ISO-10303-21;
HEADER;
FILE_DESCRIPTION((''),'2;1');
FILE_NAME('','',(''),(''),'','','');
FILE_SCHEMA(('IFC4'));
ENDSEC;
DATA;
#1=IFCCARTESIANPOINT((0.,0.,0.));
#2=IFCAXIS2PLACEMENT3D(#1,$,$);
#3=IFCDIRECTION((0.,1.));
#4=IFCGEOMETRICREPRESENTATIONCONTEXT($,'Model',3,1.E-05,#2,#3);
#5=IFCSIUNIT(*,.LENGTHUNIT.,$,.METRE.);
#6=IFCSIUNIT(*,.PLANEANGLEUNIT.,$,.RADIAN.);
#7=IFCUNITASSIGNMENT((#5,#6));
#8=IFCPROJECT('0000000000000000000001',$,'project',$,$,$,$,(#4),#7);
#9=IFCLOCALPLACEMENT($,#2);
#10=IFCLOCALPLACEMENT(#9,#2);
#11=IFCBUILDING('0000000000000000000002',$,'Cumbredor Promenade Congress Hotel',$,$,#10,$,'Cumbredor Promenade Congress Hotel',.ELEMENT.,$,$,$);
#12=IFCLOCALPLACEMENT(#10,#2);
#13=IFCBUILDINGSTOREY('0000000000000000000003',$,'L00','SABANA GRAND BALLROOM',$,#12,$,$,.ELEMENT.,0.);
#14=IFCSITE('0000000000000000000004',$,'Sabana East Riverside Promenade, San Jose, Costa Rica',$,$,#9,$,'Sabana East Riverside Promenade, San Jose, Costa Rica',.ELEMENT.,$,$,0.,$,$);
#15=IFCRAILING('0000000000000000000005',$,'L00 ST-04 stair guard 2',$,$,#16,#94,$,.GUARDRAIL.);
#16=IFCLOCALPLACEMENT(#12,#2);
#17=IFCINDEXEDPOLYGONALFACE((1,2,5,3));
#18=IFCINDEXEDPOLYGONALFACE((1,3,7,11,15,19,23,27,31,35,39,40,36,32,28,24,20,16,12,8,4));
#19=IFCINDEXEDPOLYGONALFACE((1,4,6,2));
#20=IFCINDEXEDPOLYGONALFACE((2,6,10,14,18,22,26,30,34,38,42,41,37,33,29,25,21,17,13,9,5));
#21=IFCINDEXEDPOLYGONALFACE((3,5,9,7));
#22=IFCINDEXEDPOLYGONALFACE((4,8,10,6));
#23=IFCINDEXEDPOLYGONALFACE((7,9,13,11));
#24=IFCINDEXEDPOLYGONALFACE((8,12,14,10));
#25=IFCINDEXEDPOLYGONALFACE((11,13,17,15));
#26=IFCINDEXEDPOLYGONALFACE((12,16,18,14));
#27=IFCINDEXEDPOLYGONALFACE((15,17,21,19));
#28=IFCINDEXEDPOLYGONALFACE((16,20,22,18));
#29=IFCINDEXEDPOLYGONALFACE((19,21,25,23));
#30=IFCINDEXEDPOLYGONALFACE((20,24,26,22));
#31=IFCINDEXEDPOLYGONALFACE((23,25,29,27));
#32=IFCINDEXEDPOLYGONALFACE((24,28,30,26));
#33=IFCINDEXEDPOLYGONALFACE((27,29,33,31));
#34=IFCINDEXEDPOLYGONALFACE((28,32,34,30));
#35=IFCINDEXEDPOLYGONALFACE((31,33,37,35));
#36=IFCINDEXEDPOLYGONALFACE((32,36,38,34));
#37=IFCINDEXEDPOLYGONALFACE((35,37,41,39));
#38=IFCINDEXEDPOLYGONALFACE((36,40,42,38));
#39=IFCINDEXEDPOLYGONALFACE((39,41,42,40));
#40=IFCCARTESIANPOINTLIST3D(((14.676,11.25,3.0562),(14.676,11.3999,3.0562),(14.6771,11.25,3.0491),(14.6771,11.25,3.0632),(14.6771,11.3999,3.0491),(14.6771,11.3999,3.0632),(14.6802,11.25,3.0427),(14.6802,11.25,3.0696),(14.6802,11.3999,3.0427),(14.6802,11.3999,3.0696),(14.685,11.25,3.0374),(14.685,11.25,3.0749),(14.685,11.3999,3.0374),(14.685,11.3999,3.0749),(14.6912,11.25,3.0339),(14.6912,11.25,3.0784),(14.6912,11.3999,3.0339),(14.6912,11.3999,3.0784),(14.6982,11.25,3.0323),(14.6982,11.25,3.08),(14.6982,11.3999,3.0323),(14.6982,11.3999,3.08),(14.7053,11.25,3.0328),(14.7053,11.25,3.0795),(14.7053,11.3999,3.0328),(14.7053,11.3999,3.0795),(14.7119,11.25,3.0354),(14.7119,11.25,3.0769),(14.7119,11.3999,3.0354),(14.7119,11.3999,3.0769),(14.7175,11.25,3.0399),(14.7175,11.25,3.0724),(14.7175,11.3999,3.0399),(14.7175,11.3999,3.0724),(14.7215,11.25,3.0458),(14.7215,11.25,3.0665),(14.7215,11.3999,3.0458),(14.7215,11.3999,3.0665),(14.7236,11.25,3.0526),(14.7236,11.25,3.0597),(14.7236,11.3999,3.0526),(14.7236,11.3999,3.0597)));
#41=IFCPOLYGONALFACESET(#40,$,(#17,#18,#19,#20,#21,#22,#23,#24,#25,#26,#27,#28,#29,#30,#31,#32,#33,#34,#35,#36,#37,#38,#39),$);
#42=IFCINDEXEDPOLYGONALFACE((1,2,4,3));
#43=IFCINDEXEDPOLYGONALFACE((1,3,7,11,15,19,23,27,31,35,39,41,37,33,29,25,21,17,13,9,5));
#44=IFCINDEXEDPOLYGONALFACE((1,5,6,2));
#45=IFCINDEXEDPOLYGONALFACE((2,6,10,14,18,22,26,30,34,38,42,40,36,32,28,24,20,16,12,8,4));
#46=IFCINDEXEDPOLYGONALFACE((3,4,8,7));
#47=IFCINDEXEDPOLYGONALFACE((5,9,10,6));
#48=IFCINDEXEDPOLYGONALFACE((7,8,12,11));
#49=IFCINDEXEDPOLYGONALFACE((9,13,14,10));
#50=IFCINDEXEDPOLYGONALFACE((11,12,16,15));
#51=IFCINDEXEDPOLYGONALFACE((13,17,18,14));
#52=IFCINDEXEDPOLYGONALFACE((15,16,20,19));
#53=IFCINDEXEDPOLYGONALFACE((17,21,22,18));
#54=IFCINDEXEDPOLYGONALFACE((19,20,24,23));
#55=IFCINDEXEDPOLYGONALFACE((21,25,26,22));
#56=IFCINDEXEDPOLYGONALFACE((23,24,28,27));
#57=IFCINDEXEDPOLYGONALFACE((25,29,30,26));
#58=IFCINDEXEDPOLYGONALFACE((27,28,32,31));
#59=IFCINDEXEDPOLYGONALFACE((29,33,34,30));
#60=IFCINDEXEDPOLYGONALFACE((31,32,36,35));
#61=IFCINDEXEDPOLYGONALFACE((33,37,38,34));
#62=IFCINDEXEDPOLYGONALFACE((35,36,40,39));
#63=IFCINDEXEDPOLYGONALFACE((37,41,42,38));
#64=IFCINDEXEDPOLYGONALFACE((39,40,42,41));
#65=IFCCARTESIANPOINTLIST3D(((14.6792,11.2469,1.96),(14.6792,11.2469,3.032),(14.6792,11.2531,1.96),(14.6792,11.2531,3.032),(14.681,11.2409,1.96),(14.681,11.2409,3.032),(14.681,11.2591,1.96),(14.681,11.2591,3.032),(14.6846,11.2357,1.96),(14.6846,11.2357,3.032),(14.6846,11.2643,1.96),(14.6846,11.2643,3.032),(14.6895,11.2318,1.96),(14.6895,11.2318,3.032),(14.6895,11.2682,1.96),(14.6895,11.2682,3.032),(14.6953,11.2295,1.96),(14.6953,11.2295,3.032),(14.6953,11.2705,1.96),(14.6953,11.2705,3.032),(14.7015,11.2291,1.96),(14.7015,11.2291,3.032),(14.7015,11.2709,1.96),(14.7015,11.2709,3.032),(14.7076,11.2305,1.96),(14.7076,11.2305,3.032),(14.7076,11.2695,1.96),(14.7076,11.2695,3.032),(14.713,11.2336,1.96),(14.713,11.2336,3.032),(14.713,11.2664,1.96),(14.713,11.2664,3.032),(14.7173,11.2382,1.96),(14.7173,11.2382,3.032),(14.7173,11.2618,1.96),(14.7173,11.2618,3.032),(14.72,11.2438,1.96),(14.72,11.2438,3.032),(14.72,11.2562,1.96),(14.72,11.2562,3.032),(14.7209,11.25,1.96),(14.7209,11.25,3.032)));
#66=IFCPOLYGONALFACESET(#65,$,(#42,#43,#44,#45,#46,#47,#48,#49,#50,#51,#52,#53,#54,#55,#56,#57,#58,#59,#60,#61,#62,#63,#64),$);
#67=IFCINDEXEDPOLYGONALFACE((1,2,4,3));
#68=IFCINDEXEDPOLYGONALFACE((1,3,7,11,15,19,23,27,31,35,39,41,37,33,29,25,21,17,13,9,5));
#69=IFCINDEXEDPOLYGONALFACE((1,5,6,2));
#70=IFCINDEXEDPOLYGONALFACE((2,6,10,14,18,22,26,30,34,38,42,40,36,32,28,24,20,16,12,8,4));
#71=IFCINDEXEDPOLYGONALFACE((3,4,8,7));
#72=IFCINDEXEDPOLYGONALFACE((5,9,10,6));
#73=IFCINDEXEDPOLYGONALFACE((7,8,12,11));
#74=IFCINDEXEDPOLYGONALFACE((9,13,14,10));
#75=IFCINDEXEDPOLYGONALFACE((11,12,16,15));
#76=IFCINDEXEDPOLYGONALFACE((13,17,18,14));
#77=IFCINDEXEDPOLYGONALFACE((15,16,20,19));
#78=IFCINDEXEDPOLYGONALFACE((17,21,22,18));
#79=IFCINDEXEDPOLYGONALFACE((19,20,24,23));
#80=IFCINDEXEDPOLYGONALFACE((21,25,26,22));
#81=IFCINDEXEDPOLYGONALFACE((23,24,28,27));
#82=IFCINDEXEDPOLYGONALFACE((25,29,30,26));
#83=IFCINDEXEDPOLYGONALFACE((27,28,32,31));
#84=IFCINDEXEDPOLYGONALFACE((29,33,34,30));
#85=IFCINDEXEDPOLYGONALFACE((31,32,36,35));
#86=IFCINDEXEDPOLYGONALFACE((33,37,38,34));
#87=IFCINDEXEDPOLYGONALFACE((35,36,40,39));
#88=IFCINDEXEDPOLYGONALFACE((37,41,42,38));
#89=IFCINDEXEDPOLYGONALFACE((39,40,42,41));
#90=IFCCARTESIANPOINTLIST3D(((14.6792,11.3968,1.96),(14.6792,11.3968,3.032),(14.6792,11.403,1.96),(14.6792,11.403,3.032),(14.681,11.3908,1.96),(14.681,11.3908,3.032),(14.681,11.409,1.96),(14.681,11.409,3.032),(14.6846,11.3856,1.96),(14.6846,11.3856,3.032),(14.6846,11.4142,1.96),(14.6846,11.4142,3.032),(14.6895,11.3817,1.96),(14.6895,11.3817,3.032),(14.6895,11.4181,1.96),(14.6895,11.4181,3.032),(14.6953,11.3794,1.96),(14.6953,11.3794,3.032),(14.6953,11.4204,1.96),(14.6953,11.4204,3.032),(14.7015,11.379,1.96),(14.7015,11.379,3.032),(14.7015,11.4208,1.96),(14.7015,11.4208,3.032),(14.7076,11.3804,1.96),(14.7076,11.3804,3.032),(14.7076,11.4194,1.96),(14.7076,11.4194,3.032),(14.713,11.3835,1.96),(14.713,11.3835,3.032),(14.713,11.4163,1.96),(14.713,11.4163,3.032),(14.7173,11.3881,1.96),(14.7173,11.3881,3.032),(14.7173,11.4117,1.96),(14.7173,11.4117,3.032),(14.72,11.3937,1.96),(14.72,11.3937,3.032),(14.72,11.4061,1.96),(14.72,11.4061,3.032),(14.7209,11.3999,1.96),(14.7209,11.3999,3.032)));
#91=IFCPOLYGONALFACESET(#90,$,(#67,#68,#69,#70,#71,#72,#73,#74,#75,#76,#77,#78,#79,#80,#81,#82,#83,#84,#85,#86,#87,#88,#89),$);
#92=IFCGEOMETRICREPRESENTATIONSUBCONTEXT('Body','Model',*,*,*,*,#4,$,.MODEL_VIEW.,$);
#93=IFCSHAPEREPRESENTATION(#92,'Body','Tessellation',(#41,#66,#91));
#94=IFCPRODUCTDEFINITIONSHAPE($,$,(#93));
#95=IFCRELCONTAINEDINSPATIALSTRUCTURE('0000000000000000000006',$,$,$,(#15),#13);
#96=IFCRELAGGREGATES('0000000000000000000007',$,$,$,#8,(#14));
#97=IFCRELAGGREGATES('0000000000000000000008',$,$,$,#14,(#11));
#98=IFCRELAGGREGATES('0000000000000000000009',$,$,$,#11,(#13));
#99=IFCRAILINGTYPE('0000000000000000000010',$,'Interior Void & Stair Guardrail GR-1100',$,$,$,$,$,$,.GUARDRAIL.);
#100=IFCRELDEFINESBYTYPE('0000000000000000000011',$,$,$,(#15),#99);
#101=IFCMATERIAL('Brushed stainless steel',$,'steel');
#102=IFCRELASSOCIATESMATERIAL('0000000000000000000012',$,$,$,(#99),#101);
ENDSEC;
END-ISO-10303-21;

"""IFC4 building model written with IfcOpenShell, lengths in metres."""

from ifc_helpers import new_model, si_unit, direction, frame, origin, origin_2d, place, context, subcontext, project, spatial, circle, extrude, material, type_object, element, save


model = new_model("IFC4")

# Units and contexts
model_context = context("Model", 3, precision=1e-05, world=origin(), true_north=direction((0.0, 1.0)))
body_context = subcontext(model_context, "Body", "Model", "MODEL_VIEW")
ifc_project = project(units=[si_unit("LENGTHUNIT", "METRE"), si_unit("PLANEANGLEUNIT", "RADIAN")], contexts=[model_context])

# Site, building, storey
site_placement = place(None, origin())
site = spatial("IfcSite", under=ifc_project, at=site_placement, Name="Sabana East Riverside Promenade, San Jose, Costa Rica", LongName="Sabana East Riverside Promenade, San Jose, Costa Rica", CompositionType="ELEMENT", RefElevation=0.0)
building_placement = place(site_placement, origin())
building = spatial("IfcBuilding", under=site, at=building_placement, Name="Cumbredor Promenade Congress Hotel", LongName="Cumbredor Promenade Congress Hotel", CompositionType="ELEMENT")
storey_placement = place(building_placement, origin())
storey = spatial("IfcBuildingStorey", under=building, at=storey_placement, Name="L00", Description="SABANA GRAND BALLROOM", CompositionType="ELEMENT", Elevation=0.0)

# Railing
ifc_material_1 = material(Name="Brushed stainless steel", Category="steel")
railing_type_1 = type_object("IfcRailingType", Name="Interior Void & Stair Guardrail GR-1100", PredefinedType="GUARDRAIL", material=ifc_material_1)
railing_1_placement = place(storey_placement, frame((14.7, 11.25, 1.96)))
element("IfcRailing", 1, at=railing_1_placement, inside=storey, type_object=railing_type_1, Name="L00 ST-04 stair guard 2", PredefinedType="GUARDRAIL", context=body_context, shape_type="SweptSolid", body=[
    extrude(circle(Radius=0.0239, at=origin_2d()), frame((0.0, 0.0, 1.0962), z_axis=(0.0, 1.0, 0.0), x_axis=(-1.0, 0.0, 0.0)), (0.0, 0.0, 1.0), 0.1499),
    extrude(circle(Radius=0.021, at=origin_2d()), origin(), (0.0, 0.0, 1.0), 1.072),
    extrude(circle(Radius=0.021, at=origin_2d()), frame((0.0, 0.1499, 0.0)), (0.0, 0.0, 1.0), 1.072),
])

save(model, "model.ifc")
